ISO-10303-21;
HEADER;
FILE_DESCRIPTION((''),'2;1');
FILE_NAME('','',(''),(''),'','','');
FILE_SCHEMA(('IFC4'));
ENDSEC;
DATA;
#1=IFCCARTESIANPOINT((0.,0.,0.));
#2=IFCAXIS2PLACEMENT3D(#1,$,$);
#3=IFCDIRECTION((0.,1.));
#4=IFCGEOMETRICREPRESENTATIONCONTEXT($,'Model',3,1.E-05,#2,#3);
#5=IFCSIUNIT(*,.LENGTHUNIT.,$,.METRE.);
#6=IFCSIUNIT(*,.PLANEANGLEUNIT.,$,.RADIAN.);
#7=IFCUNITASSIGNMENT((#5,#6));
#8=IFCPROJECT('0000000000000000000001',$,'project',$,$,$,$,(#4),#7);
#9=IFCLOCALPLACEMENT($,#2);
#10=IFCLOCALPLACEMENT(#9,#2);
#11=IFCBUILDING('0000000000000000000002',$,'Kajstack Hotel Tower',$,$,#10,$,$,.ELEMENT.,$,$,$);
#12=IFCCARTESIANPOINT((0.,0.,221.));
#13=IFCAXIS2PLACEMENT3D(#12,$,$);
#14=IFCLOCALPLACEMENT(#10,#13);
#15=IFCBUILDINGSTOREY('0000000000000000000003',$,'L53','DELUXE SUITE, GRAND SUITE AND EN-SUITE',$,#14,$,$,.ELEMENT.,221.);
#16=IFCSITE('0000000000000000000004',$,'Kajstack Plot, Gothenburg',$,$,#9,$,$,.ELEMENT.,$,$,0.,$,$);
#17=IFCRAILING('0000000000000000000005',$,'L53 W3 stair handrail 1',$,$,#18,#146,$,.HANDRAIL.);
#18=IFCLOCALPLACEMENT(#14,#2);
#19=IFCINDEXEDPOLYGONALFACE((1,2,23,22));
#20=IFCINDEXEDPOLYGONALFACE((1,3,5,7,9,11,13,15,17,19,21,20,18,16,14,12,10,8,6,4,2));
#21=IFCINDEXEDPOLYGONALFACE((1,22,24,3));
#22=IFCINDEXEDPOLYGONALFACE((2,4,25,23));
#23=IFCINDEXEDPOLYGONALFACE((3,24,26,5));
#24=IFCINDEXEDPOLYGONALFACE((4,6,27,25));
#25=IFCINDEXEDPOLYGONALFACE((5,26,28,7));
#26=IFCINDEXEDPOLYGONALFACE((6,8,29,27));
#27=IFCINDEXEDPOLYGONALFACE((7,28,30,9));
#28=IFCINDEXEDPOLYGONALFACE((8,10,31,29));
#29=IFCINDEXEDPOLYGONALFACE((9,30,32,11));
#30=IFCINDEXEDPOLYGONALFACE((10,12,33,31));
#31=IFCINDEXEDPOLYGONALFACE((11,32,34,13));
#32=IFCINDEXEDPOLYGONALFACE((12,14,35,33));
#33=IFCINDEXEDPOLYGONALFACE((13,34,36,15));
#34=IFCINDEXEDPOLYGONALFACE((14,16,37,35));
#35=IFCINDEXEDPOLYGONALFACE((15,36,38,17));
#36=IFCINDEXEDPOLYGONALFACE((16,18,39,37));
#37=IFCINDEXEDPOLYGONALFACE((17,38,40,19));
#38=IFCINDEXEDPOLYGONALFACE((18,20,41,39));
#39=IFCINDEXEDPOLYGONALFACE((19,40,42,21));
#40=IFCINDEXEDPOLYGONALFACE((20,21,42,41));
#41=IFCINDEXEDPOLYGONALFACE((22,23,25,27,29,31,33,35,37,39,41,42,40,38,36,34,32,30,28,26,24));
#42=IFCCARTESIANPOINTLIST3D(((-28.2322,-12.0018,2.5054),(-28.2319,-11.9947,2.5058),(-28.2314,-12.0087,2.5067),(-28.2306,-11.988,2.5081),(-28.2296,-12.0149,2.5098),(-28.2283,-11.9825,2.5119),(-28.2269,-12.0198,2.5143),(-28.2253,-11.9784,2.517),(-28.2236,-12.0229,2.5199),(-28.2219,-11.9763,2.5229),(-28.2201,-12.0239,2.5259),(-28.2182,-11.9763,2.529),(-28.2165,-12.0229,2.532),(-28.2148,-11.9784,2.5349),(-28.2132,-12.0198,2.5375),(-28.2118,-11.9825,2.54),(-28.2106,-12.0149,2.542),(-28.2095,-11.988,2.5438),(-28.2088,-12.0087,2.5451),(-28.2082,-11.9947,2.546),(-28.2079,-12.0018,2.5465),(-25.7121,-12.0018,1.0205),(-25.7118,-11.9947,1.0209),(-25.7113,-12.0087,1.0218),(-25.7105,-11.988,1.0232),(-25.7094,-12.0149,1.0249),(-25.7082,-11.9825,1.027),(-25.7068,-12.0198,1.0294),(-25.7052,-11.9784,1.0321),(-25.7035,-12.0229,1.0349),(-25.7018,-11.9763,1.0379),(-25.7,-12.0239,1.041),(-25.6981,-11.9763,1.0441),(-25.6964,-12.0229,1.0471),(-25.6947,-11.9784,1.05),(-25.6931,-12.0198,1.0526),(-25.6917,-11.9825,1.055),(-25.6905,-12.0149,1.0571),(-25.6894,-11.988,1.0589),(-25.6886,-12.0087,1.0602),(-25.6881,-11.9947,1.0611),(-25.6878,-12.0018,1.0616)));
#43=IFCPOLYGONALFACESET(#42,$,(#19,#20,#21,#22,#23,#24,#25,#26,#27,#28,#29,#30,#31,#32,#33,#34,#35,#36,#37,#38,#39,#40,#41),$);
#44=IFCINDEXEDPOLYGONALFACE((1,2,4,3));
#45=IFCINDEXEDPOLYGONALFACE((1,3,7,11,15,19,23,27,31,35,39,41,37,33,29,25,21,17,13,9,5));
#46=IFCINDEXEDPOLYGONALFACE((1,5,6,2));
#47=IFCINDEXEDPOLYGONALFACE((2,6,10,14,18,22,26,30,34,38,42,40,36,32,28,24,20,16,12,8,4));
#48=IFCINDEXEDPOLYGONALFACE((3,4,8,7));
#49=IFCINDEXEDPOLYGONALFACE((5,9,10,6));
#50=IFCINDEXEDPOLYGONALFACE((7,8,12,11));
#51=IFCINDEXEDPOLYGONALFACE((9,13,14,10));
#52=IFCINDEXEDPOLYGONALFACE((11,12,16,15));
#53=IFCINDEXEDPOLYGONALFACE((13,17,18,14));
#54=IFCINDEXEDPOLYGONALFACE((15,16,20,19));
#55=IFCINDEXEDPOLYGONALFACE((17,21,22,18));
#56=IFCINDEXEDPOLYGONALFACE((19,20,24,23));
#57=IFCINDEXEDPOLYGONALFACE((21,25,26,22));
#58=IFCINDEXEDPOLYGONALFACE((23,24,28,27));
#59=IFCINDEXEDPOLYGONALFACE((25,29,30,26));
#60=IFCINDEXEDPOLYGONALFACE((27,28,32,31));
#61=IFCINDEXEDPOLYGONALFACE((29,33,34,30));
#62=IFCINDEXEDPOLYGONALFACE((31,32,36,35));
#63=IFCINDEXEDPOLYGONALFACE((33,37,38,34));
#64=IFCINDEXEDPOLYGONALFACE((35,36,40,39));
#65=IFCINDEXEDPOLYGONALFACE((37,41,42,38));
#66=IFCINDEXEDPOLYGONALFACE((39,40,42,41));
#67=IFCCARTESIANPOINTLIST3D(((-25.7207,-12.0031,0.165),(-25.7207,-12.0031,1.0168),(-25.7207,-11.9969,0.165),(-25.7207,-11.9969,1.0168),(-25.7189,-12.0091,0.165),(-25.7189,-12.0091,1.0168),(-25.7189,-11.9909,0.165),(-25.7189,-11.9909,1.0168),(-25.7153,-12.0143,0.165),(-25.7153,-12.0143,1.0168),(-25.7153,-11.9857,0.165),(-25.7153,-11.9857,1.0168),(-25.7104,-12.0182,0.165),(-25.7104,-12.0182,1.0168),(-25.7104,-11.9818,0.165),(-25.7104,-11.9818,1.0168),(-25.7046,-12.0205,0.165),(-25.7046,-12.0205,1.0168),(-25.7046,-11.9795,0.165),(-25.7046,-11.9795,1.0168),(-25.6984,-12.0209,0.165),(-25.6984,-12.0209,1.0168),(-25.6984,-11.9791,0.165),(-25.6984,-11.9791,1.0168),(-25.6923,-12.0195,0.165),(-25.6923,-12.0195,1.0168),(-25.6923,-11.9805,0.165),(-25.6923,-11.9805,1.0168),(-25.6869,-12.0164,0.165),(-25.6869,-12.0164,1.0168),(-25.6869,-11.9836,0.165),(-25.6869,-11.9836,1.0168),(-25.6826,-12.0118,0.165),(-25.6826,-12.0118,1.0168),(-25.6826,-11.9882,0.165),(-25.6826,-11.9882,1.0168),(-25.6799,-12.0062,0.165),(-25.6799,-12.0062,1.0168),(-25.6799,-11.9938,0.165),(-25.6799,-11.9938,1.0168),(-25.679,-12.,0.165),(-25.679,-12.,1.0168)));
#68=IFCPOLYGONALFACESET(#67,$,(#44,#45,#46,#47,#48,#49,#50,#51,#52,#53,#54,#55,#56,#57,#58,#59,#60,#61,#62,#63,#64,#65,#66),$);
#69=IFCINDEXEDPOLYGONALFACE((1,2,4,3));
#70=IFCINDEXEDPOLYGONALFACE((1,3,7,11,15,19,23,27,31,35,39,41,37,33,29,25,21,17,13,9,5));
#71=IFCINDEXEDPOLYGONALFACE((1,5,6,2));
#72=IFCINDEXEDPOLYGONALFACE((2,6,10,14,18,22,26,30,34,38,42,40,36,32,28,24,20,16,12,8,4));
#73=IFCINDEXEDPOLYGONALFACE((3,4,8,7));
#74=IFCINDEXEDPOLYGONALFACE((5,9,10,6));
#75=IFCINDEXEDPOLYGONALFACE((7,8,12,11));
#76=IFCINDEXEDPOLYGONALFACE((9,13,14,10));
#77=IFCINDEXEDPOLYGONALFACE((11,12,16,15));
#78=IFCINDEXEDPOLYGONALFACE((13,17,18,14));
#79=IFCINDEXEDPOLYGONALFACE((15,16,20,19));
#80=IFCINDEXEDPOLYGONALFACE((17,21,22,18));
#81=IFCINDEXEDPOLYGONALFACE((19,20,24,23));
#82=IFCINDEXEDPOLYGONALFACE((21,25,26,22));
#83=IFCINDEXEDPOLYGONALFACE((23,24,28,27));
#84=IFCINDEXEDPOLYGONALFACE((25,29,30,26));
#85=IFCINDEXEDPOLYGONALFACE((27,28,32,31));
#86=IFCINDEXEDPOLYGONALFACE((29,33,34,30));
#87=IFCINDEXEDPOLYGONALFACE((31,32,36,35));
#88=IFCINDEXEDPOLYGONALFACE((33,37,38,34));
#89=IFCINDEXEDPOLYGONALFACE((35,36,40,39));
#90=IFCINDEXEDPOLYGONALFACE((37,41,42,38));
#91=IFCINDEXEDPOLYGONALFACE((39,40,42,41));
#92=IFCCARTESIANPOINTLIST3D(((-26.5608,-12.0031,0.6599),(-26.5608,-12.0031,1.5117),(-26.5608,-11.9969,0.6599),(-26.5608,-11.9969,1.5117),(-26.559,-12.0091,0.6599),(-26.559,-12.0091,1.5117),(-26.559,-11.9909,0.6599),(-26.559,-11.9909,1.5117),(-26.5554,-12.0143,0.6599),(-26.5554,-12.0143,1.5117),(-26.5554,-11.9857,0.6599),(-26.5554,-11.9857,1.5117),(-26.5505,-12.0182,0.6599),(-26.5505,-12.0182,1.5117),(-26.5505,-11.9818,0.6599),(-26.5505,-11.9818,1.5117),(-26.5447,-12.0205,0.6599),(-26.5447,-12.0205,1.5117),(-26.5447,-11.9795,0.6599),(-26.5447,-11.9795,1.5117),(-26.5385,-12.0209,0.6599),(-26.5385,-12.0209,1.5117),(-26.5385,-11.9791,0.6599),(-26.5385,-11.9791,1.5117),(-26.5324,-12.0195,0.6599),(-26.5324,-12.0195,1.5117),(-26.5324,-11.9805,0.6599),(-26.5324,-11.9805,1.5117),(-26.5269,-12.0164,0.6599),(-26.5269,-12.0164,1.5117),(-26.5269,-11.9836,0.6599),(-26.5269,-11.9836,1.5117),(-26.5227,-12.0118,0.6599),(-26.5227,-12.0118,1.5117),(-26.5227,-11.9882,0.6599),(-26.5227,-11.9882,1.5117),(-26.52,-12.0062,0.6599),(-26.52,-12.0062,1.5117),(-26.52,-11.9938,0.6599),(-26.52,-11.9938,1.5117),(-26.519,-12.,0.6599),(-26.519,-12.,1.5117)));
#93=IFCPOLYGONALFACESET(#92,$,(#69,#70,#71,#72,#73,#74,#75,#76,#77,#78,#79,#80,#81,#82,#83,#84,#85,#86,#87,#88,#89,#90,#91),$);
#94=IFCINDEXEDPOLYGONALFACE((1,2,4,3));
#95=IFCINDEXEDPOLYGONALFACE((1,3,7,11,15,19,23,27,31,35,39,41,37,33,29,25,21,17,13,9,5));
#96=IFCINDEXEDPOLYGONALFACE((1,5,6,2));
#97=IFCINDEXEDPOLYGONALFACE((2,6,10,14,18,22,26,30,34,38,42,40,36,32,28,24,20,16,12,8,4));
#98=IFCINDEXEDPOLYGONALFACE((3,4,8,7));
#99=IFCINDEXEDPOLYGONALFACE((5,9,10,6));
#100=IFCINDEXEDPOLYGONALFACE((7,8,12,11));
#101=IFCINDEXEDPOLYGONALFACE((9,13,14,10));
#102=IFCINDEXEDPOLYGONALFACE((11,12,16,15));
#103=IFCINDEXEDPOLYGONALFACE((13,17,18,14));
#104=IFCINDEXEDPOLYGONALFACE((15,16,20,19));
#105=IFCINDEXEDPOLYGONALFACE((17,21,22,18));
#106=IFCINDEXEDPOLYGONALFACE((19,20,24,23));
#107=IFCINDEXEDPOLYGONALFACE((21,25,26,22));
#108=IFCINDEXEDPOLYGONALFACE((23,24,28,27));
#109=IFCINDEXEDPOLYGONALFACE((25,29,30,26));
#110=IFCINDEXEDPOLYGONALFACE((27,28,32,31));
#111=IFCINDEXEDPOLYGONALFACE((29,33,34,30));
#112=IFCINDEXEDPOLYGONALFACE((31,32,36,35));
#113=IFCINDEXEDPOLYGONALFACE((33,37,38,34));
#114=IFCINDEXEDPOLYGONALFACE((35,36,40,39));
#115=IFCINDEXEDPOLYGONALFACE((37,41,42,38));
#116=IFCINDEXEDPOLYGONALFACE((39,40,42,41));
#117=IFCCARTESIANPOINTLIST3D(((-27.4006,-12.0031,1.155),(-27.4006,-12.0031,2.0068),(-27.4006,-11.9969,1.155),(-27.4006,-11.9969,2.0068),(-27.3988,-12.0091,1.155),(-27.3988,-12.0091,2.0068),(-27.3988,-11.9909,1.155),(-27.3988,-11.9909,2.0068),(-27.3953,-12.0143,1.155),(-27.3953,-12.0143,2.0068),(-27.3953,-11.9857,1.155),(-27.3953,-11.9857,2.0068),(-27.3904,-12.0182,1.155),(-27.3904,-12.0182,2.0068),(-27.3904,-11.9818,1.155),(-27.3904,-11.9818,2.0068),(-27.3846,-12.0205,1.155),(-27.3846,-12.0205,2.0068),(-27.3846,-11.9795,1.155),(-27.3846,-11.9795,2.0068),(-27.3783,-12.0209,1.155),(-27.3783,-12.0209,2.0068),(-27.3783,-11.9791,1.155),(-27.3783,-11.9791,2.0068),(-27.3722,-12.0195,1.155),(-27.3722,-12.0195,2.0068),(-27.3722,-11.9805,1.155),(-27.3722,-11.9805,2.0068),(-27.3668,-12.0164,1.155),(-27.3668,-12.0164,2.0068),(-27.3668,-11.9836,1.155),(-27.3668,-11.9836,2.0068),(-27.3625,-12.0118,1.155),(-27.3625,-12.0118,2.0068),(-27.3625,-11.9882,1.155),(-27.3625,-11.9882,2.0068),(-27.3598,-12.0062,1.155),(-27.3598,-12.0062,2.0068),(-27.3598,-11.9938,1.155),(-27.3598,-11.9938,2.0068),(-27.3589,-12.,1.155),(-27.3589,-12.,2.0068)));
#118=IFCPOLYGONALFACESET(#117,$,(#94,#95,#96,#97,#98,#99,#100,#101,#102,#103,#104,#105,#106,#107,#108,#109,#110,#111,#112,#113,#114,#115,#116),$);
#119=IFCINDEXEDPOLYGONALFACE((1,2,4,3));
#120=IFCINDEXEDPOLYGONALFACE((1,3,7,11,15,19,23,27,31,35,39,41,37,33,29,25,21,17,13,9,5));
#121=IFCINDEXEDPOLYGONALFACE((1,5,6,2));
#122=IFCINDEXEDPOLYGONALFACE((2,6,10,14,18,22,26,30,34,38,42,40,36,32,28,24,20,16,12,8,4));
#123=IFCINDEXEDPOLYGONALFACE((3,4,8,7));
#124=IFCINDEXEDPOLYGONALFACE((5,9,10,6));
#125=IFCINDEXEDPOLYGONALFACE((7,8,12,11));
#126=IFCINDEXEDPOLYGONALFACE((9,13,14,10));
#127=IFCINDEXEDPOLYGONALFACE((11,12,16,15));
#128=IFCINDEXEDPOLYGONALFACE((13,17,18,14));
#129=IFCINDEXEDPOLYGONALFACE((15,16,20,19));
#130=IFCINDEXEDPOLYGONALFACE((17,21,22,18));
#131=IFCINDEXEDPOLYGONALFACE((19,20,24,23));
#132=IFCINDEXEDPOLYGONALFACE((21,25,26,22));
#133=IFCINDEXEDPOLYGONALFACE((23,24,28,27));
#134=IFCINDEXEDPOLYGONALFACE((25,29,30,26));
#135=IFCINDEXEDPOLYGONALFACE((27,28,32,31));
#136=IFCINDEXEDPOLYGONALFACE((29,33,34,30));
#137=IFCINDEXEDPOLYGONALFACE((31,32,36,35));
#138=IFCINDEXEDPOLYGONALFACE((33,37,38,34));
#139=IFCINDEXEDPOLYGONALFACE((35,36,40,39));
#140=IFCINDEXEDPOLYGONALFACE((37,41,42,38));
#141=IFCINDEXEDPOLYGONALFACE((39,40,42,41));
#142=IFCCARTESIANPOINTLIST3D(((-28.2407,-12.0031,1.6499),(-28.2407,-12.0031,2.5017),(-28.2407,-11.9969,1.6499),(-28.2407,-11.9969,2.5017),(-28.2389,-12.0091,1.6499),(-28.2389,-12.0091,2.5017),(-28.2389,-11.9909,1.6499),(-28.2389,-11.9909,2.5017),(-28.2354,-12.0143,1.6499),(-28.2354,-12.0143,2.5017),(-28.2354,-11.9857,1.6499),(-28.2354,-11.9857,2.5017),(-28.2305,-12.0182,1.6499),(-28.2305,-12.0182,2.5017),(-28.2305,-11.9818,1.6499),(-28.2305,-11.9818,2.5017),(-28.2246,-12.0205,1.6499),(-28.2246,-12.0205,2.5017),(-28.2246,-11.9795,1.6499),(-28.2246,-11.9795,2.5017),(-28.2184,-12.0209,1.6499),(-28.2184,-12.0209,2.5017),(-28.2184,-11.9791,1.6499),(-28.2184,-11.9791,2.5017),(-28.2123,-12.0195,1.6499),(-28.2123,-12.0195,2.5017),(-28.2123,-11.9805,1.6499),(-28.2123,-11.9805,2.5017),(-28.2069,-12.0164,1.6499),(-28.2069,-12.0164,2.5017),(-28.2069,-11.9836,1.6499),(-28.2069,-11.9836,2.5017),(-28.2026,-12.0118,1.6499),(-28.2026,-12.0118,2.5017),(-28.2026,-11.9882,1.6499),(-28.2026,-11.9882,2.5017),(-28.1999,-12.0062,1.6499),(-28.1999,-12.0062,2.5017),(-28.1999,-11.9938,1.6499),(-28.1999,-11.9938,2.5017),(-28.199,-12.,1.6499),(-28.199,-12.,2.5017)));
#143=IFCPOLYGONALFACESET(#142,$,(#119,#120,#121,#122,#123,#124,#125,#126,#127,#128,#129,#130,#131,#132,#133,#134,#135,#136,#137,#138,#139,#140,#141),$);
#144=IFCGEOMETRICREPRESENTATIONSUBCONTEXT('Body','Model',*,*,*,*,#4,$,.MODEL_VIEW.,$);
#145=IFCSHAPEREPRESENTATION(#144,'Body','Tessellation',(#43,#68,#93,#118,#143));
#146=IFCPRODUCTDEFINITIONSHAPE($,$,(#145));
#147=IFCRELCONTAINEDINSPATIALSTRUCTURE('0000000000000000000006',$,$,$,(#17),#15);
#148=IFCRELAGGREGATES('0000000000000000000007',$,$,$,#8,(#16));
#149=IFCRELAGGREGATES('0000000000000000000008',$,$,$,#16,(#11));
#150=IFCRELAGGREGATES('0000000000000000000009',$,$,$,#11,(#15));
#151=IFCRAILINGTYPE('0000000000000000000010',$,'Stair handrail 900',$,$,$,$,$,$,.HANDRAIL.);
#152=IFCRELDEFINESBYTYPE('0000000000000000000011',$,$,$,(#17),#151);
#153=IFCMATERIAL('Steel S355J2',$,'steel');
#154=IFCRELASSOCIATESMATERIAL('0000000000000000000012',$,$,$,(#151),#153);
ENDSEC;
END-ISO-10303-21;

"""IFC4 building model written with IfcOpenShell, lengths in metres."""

from ifc_helpers import new_model, si_unit, direction, frame, origin, origin_2d, place, context, subcontext, project, spatial, circle, extrude, material, type_object, element, save


model = new_model("IFC4")

# Units and contexts
model_context = context("Model", 3, precision=1e-05, world=origin(), true_north=direction((0.0, 1.0)))
body_context = subcontext(model_context, "Body", "Model", "MODEL_VIEW")
ifc_project = project(units=[si_unit("LENGTHUNIT", "METRE"), si_unit("PLANEANGLEUNIT", "RADIAN")], contexts=[model_context])

# Site, building, storey
site_placement = place(None, origin())
site = spatial("IfcSite", under=ifc_project, at=site_placement, Name="Kajstack Plot, Gothenburg", CompositionType="ELEMENT", RefElevation=0.0)
building_placement = place(site_placement, origin())
building = spatial("IfcBuilding", under=site, at=building_placement, Name="Kajstack Hotel Tower", CompositionType="ELEMENT")
storey_placement = place(building_placement, frame((0.0, 0.0, 221.0)))
storey = spatial("IfcBuildingStorey", under=building, at=storey_placement, Name="L53", Description="DELUXE SUITE, GRAND SUITE AND EN-SUITE", CompositionType="ELEMENT", Elevation=221.0)

# Railing
ifc_material_1 = material(Name="Steel S355J2", Category="steel")
railing_type_1 = type_object("IfcRailingType", Name="Stair handrail 900", PredefinedType="HANDRAIL", material=ifc_material_1)
railing_1_placement = place(storey_placement, frame((-25.7, -12.0, 0.165)))
element("IfcRailing", 1, at=railing_1_placement, inside=storey, type_object=railing_type_1, Name="L53 W3 stair handrail 1", PredefinedType="HANDRAIL", context=body_context, shape_type="SweptSolid", body=[
    extrude(circle(Radius=0.0239, at=origin_2d()), frame((0.0, 0.0, 0.876), z_axis=(-0.861561, 0.0, 0.507655), x_axis=(0.0, -1.0, 0.0)), (0.0, 0.0, 1.0), 2.925),
    extrude(circle(Radius=0.021, at=origin_2d()), origin(), (0.0, 0.0, 1.0), 0.8518),
    extrude(circle(Radius=0.021, at=origin_2d()), frame((-0.8401, 0.0, 0.4949)), (0.0, 0.0, 1.0), 0.8518),
    extrude(circle(Radius=0.021, at=origin_2d()), frame((-1.6799, 0.0, 0.99)), (0.0, 0.0, 1.0), 0.8518),
    extrude(circle(Radius=0.021, at=origin_2d()), frame((-2.52, 0.0, 1.4849)), (0.0, 0.0, 1.0), 0.8518),
])

save(model, "model.ifc")
